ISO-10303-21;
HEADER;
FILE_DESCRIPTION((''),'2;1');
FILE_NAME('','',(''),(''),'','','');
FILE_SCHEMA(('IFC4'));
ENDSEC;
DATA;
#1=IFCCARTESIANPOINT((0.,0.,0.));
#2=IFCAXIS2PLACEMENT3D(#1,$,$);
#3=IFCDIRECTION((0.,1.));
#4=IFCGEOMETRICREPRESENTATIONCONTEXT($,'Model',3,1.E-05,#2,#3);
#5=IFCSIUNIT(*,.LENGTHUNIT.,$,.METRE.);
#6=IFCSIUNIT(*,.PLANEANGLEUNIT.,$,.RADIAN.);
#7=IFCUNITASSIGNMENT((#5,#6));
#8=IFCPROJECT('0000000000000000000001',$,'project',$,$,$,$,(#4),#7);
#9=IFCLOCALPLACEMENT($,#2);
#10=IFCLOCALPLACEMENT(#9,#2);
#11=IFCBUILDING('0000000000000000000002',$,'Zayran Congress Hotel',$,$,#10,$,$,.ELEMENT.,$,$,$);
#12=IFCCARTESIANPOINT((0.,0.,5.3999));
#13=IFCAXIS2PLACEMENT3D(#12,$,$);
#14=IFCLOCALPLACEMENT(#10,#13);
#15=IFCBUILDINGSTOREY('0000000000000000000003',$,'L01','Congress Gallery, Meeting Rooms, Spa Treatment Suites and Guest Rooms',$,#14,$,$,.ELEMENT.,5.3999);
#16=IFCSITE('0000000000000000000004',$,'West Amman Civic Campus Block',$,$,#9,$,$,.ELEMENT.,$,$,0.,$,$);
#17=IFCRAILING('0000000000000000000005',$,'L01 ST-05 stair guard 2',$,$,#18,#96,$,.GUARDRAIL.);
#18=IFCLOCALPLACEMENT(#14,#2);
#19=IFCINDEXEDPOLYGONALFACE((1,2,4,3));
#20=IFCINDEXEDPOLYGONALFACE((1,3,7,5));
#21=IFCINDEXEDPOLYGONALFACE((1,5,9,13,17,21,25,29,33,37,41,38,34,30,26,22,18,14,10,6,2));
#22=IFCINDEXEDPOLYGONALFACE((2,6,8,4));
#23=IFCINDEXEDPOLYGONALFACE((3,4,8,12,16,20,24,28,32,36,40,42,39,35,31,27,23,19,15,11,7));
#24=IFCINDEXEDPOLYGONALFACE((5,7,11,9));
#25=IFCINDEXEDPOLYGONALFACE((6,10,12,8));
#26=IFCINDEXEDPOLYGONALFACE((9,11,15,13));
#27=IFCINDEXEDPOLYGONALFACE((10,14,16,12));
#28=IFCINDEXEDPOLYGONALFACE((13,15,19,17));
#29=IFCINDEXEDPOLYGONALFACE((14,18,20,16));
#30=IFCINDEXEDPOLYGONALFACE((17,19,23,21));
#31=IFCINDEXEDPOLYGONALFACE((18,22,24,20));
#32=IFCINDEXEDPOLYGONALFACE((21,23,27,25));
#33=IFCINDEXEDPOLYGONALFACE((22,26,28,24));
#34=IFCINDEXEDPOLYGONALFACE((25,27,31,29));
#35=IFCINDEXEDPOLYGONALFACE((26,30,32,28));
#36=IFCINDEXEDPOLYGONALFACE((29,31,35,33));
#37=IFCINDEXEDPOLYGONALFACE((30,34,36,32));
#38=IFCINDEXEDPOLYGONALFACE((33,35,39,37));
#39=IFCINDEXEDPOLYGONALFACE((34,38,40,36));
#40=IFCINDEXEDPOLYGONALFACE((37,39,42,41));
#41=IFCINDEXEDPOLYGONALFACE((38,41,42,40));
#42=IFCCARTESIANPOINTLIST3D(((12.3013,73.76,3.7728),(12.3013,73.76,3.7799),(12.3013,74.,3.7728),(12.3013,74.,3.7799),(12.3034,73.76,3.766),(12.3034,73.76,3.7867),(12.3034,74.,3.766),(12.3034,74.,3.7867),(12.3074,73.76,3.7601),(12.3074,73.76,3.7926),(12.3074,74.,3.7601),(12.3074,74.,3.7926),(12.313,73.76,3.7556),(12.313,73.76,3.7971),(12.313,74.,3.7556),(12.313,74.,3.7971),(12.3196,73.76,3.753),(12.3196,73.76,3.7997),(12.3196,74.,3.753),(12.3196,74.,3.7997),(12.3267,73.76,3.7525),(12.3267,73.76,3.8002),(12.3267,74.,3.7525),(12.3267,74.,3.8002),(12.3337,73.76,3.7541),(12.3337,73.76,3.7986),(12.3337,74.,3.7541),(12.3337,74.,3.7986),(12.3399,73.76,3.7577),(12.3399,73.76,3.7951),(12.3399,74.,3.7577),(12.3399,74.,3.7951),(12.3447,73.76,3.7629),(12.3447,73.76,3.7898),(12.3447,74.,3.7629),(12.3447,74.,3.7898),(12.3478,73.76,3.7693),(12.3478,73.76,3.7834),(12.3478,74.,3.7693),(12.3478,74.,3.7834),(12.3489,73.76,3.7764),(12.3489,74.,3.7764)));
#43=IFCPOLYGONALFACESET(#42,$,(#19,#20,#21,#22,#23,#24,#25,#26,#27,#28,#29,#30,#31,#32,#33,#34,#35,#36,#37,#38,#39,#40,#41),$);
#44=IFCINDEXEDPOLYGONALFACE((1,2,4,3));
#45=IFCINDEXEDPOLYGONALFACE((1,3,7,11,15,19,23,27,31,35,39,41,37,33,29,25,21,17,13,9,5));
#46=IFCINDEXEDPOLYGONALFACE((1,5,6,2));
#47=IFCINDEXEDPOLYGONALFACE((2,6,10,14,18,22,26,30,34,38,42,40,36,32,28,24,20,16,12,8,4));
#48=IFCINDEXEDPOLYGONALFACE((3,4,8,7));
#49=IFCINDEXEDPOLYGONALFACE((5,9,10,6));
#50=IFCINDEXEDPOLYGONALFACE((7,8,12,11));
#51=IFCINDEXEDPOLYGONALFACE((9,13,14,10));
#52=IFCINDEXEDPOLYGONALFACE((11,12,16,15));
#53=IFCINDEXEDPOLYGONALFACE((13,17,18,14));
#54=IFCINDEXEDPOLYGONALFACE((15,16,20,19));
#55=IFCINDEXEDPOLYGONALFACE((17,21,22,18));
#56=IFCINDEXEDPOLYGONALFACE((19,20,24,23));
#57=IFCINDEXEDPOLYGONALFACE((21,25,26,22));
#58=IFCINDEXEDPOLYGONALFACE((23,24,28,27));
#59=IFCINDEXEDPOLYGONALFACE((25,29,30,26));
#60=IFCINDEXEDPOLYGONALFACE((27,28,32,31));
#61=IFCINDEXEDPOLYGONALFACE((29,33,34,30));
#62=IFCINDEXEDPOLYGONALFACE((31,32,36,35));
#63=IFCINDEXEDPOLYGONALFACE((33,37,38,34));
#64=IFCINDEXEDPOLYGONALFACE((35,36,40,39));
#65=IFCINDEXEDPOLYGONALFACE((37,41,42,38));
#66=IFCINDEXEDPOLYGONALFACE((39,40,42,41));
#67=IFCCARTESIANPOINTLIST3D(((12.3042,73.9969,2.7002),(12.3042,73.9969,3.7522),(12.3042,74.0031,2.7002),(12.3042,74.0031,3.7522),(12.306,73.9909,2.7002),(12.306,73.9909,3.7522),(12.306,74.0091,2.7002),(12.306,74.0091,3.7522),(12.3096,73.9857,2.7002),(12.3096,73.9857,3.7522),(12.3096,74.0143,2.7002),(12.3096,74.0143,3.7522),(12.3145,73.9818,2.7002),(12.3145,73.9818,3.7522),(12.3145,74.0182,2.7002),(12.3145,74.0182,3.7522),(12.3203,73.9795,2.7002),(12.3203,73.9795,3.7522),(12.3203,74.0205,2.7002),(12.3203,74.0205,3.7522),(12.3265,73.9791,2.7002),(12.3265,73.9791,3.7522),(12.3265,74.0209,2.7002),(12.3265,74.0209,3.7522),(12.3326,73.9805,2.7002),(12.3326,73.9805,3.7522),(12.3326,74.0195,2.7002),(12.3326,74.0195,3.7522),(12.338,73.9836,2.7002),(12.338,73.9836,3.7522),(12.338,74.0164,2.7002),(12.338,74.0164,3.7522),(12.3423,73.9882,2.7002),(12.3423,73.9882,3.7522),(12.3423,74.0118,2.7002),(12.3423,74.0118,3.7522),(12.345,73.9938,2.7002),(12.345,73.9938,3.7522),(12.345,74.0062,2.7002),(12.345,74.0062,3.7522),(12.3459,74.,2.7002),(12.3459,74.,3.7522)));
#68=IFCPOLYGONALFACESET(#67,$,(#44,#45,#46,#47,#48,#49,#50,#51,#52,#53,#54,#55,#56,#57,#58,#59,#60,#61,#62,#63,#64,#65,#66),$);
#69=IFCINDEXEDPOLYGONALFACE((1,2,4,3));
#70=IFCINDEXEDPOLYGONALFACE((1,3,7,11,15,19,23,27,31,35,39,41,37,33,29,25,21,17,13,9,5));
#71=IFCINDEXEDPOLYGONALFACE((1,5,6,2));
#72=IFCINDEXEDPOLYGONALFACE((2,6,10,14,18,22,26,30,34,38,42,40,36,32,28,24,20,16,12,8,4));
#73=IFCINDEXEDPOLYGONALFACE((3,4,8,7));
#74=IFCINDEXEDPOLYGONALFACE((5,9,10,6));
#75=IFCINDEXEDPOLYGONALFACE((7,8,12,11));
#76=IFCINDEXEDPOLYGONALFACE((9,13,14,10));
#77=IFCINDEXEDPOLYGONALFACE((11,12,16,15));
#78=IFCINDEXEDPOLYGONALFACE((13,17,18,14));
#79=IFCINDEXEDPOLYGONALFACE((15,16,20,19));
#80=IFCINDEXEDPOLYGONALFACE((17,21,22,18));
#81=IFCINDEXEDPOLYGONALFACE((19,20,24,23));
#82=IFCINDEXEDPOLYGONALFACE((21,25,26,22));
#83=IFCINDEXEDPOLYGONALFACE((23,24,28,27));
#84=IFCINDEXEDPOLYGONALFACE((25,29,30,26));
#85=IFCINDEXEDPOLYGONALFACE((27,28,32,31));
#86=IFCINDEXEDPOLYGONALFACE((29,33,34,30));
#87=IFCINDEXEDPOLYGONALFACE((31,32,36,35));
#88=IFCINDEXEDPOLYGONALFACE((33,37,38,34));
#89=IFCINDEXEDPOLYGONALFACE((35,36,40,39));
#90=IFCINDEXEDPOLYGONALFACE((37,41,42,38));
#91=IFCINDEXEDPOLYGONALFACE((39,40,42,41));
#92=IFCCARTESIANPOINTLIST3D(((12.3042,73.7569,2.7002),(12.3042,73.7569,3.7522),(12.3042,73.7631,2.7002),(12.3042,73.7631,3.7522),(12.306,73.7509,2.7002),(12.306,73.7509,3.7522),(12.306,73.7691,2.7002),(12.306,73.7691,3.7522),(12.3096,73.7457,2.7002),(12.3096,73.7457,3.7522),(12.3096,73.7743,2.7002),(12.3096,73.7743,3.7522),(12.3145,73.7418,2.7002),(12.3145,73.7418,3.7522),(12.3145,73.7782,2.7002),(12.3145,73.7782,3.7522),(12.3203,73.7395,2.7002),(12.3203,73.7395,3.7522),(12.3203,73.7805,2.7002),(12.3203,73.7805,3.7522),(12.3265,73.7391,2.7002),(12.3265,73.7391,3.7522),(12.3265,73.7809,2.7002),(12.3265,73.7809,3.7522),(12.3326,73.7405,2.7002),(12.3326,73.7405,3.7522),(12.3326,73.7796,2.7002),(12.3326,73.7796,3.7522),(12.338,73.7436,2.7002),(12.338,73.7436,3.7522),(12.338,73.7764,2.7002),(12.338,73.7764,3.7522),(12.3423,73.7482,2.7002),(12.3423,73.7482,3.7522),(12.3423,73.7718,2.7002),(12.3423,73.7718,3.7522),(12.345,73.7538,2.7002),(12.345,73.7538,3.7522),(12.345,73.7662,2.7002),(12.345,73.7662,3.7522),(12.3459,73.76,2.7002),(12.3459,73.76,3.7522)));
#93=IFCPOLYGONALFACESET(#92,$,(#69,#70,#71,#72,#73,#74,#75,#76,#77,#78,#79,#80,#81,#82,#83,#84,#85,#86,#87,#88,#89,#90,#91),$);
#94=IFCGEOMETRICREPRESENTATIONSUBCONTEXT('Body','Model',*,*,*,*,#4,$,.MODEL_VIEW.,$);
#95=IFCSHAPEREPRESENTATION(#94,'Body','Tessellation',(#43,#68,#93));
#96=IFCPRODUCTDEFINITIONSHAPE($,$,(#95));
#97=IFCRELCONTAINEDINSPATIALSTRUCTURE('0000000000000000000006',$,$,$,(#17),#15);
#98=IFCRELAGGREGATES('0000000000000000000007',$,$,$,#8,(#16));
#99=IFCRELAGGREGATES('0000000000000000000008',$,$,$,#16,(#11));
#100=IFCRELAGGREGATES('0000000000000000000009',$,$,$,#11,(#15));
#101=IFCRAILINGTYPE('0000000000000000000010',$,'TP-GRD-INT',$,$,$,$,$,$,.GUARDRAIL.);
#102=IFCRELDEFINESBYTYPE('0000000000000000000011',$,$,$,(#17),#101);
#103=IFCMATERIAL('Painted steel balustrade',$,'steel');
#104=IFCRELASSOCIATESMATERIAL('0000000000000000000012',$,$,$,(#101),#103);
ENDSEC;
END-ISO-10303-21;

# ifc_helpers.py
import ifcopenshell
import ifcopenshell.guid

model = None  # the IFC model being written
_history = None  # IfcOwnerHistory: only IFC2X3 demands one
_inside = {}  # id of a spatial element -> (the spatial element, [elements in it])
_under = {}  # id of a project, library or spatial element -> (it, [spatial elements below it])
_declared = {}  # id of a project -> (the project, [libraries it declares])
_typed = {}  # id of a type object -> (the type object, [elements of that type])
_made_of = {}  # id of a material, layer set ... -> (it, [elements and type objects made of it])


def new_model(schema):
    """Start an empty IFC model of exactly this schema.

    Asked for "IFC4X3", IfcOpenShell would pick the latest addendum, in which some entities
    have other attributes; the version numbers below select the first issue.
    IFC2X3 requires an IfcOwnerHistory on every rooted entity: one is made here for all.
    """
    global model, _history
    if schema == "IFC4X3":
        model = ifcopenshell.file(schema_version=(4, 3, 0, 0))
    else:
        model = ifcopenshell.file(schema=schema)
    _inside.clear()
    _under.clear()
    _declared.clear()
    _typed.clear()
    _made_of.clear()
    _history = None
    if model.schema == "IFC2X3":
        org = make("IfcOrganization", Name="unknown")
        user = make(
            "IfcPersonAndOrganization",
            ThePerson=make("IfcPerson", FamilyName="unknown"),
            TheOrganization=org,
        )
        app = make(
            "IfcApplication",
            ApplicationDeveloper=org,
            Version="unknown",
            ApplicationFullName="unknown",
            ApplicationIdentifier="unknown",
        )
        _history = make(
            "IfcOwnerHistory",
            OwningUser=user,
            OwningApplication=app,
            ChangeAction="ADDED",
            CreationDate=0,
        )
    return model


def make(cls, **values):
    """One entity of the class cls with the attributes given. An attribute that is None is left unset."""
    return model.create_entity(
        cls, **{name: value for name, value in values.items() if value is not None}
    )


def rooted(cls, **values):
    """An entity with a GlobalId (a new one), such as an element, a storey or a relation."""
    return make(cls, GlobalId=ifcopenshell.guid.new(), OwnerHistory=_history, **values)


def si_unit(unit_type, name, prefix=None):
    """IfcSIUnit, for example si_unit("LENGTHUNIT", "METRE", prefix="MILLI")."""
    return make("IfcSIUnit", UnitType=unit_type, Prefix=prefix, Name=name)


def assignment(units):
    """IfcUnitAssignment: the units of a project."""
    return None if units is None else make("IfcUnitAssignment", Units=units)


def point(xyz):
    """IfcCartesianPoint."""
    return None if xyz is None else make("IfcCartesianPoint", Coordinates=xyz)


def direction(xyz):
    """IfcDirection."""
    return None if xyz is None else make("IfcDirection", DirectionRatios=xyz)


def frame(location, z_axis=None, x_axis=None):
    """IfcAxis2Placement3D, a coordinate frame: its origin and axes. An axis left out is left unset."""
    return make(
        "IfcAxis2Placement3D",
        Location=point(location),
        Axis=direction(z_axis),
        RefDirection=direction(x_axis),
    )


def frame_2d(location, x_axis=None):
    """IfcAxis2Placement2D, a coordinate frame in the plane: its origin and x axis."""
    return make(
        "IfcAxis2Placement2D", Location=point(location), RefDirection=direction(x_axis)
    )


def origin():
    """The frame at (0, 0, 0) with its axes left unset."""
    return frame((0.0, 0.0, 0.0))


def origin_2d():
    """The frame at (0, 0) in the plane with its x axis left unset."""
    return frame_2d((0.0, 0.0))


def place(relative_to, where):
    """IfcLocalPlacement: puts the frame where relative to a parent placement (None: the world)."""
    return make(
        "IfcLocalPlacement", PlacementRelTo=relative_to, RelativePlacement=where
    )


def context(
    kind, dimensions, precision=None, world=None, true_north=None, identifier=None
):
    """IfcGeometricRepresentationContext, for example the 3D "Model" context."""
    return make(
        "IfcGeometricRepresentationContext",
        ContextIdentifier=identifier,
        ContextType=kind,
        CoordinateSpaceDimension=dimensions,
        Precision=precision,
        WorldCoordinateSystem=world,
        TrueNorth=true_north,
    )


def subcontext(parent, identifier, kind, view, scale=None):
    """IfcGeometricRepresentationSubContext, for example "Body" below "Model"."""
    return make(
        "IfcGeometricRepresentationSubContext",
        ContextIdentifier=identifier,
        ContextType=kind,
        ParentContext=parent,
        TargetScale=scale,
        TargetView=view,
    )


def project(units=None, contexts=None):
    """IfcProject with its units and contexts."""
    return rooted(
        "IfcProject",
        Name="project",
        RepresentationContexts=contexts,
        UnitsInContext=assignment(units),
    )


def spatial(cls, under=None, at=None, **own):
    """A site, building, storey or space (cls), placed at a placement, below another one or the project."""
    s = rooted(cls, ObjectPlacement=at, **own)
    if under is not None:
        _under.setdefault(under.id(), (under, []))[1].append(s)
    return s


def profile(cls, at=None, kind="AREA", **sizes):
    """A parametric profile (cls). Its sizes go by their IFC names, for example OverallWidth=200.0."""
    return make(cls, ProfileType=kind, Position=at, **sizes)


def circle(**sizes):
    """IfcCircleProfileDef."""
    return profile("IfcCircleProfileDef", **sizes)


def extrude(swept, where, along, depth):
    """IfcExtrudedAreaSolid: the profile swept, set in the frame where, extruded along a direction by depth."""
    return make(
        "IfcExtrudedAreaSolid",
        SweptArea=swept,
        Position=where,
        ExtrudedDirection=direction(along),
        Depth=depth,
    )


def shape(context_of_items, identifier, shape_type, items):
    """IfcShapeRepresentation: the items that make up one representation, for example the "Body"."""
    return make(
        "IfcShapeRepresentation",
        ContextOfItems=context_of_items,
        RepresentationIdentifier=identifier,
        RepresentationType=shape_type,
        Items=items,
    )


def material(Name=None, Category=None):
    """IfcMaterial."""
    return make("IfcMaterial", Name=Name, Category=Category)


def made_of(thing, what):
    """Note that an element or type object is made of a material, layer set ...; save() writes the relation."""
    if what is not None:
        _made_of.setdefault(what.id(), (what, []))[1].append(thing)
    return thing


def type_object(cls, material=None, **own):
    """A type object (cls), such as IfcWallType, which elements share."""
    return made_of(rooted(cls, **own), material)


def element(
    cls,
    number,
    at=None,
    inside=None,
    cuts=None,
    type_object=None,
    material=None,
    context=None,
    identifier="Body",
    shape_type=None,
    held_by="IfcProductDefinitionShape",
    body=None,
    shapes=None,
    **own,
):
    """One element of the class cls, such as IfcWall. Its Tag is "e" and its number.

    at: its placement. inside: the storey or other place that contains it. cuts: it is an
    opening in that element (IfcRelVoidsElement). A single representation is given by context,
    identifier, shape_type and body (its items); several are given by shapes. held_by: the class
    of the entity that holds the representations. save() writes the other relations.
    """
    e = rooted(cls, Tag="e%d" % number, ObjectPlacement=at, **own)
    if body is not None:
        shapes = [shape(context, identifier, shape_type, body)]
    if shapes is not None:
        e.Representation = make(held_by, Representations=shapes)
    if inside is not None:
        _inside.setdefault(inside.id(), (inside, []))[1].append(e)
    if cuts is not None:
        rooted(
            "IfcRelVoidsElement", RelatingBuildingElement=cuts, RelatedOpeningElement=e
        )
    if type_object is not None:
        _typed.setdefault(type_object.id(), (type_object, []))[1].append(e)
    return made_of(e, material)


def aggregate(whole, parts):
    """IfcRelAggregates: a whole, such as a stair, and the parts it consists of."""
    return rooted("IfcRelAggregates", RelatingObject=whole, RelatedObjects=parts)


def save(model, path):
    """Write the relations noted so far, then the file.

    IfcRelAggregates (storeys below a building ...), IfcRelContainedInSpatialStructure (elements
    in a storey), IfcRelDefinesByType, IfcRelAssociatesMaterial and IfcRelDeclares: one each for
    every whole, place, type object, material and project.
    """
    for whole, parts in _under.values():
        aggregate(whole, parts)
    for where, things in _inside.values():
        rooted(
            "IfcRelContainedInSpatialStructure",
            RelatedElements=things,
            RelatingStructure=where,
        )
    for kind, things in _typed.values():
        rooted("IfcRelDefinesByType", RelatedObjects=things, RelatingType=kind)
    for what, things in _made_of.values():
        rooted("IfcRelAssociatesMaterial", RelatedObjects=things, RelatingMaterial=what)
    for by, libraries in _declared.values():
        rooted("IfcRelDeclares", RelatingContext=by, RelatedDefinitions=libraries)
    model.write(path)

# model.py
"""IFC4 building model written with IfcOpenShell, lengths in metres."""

from ifc_helpers import new_model, si_unit, direction, frame, origin, origin_2d, place, context, subcontext, project, spatial, circle, extrude, material, type_object, element, save


model = new_model("IFC4")

# Units and contexts
model_context = context("Model", 3, precision=1e-05, world=origin(), true_north=direction((0.0, 1.0)))
body_context = subcontext(model_context, "Body", "Model", "MODEL_VIEW")
ifc_project = project(units=[si_unit("LENGTHUNIT", "METRE"), si_unit("PLANEANGLEUNIT", "RADIAN")], contexts=[model_context])

# Site, building, storey
site_placement = place(None, origin())
site = spatial("IfcSite", under=ifc_project, at=site_placement, Name="West Amman Civic Campus Block", CompositionType="ELEMENT", RefElevation=0.0)
building_placement = place(site_placement, origin())
building = spatial("IfcBuilding", under=site, at=building_placement, Name="Zayran Congress Hotel", CompositionType="ELEMENT")
storey_placement = place(building_placement, frame((0.0, 0.0, 5.3999)))
storey = spatial("IfcBuildingStorey", under=building, at=storey_placement, Name="L01", Description="Congress Gallery, Meeting Rooms, Spa Treatment Suites and Guest Rooms", CompositionType="ELEMENT", Elevation=5.3999)

# Railing
ifc_material_1 = material(Name="Painted steel balustrade", Category="steel")
railing_type_1 = type_object("IfcRailingType", Name="TP-GRD-INT", PredefinedType="GUARDRAIL", material=ifc_material_1)
railing_1_placement = place(storey_placement, frame((12.325, 74.0, 2.7002)))
element("IfcRailing", 1, at=railing_1_placement, inside=storey, type_object=railing_type_1, Name="L01 ST-05 stair guard 2", PredefinedType="GUARDRAIL", context=body_context, shape_type="SweptSolid", body=[
    extrude(circle(Radius=0.0239, at=origin_2d()), frame((0.0, 0.0, 1.0762), z_axis=(0.0, -1.0, 0.0), x_axis=(1.0, 0.0, 0.0)), (0.0, 0.0, 1.0), 0.24),
    extrude(circle(Radius=0.021, at=origin_2d()), origin(), (0.0, 0.0, 1.0), 1.052),
    extrude(circle(Radius=0.021, at=origin_2d()), frame((0.0, -0.24, 0.0)), (0.0, 0.0, 1.0), 1.052),
])

save(model, "model.ifc")
